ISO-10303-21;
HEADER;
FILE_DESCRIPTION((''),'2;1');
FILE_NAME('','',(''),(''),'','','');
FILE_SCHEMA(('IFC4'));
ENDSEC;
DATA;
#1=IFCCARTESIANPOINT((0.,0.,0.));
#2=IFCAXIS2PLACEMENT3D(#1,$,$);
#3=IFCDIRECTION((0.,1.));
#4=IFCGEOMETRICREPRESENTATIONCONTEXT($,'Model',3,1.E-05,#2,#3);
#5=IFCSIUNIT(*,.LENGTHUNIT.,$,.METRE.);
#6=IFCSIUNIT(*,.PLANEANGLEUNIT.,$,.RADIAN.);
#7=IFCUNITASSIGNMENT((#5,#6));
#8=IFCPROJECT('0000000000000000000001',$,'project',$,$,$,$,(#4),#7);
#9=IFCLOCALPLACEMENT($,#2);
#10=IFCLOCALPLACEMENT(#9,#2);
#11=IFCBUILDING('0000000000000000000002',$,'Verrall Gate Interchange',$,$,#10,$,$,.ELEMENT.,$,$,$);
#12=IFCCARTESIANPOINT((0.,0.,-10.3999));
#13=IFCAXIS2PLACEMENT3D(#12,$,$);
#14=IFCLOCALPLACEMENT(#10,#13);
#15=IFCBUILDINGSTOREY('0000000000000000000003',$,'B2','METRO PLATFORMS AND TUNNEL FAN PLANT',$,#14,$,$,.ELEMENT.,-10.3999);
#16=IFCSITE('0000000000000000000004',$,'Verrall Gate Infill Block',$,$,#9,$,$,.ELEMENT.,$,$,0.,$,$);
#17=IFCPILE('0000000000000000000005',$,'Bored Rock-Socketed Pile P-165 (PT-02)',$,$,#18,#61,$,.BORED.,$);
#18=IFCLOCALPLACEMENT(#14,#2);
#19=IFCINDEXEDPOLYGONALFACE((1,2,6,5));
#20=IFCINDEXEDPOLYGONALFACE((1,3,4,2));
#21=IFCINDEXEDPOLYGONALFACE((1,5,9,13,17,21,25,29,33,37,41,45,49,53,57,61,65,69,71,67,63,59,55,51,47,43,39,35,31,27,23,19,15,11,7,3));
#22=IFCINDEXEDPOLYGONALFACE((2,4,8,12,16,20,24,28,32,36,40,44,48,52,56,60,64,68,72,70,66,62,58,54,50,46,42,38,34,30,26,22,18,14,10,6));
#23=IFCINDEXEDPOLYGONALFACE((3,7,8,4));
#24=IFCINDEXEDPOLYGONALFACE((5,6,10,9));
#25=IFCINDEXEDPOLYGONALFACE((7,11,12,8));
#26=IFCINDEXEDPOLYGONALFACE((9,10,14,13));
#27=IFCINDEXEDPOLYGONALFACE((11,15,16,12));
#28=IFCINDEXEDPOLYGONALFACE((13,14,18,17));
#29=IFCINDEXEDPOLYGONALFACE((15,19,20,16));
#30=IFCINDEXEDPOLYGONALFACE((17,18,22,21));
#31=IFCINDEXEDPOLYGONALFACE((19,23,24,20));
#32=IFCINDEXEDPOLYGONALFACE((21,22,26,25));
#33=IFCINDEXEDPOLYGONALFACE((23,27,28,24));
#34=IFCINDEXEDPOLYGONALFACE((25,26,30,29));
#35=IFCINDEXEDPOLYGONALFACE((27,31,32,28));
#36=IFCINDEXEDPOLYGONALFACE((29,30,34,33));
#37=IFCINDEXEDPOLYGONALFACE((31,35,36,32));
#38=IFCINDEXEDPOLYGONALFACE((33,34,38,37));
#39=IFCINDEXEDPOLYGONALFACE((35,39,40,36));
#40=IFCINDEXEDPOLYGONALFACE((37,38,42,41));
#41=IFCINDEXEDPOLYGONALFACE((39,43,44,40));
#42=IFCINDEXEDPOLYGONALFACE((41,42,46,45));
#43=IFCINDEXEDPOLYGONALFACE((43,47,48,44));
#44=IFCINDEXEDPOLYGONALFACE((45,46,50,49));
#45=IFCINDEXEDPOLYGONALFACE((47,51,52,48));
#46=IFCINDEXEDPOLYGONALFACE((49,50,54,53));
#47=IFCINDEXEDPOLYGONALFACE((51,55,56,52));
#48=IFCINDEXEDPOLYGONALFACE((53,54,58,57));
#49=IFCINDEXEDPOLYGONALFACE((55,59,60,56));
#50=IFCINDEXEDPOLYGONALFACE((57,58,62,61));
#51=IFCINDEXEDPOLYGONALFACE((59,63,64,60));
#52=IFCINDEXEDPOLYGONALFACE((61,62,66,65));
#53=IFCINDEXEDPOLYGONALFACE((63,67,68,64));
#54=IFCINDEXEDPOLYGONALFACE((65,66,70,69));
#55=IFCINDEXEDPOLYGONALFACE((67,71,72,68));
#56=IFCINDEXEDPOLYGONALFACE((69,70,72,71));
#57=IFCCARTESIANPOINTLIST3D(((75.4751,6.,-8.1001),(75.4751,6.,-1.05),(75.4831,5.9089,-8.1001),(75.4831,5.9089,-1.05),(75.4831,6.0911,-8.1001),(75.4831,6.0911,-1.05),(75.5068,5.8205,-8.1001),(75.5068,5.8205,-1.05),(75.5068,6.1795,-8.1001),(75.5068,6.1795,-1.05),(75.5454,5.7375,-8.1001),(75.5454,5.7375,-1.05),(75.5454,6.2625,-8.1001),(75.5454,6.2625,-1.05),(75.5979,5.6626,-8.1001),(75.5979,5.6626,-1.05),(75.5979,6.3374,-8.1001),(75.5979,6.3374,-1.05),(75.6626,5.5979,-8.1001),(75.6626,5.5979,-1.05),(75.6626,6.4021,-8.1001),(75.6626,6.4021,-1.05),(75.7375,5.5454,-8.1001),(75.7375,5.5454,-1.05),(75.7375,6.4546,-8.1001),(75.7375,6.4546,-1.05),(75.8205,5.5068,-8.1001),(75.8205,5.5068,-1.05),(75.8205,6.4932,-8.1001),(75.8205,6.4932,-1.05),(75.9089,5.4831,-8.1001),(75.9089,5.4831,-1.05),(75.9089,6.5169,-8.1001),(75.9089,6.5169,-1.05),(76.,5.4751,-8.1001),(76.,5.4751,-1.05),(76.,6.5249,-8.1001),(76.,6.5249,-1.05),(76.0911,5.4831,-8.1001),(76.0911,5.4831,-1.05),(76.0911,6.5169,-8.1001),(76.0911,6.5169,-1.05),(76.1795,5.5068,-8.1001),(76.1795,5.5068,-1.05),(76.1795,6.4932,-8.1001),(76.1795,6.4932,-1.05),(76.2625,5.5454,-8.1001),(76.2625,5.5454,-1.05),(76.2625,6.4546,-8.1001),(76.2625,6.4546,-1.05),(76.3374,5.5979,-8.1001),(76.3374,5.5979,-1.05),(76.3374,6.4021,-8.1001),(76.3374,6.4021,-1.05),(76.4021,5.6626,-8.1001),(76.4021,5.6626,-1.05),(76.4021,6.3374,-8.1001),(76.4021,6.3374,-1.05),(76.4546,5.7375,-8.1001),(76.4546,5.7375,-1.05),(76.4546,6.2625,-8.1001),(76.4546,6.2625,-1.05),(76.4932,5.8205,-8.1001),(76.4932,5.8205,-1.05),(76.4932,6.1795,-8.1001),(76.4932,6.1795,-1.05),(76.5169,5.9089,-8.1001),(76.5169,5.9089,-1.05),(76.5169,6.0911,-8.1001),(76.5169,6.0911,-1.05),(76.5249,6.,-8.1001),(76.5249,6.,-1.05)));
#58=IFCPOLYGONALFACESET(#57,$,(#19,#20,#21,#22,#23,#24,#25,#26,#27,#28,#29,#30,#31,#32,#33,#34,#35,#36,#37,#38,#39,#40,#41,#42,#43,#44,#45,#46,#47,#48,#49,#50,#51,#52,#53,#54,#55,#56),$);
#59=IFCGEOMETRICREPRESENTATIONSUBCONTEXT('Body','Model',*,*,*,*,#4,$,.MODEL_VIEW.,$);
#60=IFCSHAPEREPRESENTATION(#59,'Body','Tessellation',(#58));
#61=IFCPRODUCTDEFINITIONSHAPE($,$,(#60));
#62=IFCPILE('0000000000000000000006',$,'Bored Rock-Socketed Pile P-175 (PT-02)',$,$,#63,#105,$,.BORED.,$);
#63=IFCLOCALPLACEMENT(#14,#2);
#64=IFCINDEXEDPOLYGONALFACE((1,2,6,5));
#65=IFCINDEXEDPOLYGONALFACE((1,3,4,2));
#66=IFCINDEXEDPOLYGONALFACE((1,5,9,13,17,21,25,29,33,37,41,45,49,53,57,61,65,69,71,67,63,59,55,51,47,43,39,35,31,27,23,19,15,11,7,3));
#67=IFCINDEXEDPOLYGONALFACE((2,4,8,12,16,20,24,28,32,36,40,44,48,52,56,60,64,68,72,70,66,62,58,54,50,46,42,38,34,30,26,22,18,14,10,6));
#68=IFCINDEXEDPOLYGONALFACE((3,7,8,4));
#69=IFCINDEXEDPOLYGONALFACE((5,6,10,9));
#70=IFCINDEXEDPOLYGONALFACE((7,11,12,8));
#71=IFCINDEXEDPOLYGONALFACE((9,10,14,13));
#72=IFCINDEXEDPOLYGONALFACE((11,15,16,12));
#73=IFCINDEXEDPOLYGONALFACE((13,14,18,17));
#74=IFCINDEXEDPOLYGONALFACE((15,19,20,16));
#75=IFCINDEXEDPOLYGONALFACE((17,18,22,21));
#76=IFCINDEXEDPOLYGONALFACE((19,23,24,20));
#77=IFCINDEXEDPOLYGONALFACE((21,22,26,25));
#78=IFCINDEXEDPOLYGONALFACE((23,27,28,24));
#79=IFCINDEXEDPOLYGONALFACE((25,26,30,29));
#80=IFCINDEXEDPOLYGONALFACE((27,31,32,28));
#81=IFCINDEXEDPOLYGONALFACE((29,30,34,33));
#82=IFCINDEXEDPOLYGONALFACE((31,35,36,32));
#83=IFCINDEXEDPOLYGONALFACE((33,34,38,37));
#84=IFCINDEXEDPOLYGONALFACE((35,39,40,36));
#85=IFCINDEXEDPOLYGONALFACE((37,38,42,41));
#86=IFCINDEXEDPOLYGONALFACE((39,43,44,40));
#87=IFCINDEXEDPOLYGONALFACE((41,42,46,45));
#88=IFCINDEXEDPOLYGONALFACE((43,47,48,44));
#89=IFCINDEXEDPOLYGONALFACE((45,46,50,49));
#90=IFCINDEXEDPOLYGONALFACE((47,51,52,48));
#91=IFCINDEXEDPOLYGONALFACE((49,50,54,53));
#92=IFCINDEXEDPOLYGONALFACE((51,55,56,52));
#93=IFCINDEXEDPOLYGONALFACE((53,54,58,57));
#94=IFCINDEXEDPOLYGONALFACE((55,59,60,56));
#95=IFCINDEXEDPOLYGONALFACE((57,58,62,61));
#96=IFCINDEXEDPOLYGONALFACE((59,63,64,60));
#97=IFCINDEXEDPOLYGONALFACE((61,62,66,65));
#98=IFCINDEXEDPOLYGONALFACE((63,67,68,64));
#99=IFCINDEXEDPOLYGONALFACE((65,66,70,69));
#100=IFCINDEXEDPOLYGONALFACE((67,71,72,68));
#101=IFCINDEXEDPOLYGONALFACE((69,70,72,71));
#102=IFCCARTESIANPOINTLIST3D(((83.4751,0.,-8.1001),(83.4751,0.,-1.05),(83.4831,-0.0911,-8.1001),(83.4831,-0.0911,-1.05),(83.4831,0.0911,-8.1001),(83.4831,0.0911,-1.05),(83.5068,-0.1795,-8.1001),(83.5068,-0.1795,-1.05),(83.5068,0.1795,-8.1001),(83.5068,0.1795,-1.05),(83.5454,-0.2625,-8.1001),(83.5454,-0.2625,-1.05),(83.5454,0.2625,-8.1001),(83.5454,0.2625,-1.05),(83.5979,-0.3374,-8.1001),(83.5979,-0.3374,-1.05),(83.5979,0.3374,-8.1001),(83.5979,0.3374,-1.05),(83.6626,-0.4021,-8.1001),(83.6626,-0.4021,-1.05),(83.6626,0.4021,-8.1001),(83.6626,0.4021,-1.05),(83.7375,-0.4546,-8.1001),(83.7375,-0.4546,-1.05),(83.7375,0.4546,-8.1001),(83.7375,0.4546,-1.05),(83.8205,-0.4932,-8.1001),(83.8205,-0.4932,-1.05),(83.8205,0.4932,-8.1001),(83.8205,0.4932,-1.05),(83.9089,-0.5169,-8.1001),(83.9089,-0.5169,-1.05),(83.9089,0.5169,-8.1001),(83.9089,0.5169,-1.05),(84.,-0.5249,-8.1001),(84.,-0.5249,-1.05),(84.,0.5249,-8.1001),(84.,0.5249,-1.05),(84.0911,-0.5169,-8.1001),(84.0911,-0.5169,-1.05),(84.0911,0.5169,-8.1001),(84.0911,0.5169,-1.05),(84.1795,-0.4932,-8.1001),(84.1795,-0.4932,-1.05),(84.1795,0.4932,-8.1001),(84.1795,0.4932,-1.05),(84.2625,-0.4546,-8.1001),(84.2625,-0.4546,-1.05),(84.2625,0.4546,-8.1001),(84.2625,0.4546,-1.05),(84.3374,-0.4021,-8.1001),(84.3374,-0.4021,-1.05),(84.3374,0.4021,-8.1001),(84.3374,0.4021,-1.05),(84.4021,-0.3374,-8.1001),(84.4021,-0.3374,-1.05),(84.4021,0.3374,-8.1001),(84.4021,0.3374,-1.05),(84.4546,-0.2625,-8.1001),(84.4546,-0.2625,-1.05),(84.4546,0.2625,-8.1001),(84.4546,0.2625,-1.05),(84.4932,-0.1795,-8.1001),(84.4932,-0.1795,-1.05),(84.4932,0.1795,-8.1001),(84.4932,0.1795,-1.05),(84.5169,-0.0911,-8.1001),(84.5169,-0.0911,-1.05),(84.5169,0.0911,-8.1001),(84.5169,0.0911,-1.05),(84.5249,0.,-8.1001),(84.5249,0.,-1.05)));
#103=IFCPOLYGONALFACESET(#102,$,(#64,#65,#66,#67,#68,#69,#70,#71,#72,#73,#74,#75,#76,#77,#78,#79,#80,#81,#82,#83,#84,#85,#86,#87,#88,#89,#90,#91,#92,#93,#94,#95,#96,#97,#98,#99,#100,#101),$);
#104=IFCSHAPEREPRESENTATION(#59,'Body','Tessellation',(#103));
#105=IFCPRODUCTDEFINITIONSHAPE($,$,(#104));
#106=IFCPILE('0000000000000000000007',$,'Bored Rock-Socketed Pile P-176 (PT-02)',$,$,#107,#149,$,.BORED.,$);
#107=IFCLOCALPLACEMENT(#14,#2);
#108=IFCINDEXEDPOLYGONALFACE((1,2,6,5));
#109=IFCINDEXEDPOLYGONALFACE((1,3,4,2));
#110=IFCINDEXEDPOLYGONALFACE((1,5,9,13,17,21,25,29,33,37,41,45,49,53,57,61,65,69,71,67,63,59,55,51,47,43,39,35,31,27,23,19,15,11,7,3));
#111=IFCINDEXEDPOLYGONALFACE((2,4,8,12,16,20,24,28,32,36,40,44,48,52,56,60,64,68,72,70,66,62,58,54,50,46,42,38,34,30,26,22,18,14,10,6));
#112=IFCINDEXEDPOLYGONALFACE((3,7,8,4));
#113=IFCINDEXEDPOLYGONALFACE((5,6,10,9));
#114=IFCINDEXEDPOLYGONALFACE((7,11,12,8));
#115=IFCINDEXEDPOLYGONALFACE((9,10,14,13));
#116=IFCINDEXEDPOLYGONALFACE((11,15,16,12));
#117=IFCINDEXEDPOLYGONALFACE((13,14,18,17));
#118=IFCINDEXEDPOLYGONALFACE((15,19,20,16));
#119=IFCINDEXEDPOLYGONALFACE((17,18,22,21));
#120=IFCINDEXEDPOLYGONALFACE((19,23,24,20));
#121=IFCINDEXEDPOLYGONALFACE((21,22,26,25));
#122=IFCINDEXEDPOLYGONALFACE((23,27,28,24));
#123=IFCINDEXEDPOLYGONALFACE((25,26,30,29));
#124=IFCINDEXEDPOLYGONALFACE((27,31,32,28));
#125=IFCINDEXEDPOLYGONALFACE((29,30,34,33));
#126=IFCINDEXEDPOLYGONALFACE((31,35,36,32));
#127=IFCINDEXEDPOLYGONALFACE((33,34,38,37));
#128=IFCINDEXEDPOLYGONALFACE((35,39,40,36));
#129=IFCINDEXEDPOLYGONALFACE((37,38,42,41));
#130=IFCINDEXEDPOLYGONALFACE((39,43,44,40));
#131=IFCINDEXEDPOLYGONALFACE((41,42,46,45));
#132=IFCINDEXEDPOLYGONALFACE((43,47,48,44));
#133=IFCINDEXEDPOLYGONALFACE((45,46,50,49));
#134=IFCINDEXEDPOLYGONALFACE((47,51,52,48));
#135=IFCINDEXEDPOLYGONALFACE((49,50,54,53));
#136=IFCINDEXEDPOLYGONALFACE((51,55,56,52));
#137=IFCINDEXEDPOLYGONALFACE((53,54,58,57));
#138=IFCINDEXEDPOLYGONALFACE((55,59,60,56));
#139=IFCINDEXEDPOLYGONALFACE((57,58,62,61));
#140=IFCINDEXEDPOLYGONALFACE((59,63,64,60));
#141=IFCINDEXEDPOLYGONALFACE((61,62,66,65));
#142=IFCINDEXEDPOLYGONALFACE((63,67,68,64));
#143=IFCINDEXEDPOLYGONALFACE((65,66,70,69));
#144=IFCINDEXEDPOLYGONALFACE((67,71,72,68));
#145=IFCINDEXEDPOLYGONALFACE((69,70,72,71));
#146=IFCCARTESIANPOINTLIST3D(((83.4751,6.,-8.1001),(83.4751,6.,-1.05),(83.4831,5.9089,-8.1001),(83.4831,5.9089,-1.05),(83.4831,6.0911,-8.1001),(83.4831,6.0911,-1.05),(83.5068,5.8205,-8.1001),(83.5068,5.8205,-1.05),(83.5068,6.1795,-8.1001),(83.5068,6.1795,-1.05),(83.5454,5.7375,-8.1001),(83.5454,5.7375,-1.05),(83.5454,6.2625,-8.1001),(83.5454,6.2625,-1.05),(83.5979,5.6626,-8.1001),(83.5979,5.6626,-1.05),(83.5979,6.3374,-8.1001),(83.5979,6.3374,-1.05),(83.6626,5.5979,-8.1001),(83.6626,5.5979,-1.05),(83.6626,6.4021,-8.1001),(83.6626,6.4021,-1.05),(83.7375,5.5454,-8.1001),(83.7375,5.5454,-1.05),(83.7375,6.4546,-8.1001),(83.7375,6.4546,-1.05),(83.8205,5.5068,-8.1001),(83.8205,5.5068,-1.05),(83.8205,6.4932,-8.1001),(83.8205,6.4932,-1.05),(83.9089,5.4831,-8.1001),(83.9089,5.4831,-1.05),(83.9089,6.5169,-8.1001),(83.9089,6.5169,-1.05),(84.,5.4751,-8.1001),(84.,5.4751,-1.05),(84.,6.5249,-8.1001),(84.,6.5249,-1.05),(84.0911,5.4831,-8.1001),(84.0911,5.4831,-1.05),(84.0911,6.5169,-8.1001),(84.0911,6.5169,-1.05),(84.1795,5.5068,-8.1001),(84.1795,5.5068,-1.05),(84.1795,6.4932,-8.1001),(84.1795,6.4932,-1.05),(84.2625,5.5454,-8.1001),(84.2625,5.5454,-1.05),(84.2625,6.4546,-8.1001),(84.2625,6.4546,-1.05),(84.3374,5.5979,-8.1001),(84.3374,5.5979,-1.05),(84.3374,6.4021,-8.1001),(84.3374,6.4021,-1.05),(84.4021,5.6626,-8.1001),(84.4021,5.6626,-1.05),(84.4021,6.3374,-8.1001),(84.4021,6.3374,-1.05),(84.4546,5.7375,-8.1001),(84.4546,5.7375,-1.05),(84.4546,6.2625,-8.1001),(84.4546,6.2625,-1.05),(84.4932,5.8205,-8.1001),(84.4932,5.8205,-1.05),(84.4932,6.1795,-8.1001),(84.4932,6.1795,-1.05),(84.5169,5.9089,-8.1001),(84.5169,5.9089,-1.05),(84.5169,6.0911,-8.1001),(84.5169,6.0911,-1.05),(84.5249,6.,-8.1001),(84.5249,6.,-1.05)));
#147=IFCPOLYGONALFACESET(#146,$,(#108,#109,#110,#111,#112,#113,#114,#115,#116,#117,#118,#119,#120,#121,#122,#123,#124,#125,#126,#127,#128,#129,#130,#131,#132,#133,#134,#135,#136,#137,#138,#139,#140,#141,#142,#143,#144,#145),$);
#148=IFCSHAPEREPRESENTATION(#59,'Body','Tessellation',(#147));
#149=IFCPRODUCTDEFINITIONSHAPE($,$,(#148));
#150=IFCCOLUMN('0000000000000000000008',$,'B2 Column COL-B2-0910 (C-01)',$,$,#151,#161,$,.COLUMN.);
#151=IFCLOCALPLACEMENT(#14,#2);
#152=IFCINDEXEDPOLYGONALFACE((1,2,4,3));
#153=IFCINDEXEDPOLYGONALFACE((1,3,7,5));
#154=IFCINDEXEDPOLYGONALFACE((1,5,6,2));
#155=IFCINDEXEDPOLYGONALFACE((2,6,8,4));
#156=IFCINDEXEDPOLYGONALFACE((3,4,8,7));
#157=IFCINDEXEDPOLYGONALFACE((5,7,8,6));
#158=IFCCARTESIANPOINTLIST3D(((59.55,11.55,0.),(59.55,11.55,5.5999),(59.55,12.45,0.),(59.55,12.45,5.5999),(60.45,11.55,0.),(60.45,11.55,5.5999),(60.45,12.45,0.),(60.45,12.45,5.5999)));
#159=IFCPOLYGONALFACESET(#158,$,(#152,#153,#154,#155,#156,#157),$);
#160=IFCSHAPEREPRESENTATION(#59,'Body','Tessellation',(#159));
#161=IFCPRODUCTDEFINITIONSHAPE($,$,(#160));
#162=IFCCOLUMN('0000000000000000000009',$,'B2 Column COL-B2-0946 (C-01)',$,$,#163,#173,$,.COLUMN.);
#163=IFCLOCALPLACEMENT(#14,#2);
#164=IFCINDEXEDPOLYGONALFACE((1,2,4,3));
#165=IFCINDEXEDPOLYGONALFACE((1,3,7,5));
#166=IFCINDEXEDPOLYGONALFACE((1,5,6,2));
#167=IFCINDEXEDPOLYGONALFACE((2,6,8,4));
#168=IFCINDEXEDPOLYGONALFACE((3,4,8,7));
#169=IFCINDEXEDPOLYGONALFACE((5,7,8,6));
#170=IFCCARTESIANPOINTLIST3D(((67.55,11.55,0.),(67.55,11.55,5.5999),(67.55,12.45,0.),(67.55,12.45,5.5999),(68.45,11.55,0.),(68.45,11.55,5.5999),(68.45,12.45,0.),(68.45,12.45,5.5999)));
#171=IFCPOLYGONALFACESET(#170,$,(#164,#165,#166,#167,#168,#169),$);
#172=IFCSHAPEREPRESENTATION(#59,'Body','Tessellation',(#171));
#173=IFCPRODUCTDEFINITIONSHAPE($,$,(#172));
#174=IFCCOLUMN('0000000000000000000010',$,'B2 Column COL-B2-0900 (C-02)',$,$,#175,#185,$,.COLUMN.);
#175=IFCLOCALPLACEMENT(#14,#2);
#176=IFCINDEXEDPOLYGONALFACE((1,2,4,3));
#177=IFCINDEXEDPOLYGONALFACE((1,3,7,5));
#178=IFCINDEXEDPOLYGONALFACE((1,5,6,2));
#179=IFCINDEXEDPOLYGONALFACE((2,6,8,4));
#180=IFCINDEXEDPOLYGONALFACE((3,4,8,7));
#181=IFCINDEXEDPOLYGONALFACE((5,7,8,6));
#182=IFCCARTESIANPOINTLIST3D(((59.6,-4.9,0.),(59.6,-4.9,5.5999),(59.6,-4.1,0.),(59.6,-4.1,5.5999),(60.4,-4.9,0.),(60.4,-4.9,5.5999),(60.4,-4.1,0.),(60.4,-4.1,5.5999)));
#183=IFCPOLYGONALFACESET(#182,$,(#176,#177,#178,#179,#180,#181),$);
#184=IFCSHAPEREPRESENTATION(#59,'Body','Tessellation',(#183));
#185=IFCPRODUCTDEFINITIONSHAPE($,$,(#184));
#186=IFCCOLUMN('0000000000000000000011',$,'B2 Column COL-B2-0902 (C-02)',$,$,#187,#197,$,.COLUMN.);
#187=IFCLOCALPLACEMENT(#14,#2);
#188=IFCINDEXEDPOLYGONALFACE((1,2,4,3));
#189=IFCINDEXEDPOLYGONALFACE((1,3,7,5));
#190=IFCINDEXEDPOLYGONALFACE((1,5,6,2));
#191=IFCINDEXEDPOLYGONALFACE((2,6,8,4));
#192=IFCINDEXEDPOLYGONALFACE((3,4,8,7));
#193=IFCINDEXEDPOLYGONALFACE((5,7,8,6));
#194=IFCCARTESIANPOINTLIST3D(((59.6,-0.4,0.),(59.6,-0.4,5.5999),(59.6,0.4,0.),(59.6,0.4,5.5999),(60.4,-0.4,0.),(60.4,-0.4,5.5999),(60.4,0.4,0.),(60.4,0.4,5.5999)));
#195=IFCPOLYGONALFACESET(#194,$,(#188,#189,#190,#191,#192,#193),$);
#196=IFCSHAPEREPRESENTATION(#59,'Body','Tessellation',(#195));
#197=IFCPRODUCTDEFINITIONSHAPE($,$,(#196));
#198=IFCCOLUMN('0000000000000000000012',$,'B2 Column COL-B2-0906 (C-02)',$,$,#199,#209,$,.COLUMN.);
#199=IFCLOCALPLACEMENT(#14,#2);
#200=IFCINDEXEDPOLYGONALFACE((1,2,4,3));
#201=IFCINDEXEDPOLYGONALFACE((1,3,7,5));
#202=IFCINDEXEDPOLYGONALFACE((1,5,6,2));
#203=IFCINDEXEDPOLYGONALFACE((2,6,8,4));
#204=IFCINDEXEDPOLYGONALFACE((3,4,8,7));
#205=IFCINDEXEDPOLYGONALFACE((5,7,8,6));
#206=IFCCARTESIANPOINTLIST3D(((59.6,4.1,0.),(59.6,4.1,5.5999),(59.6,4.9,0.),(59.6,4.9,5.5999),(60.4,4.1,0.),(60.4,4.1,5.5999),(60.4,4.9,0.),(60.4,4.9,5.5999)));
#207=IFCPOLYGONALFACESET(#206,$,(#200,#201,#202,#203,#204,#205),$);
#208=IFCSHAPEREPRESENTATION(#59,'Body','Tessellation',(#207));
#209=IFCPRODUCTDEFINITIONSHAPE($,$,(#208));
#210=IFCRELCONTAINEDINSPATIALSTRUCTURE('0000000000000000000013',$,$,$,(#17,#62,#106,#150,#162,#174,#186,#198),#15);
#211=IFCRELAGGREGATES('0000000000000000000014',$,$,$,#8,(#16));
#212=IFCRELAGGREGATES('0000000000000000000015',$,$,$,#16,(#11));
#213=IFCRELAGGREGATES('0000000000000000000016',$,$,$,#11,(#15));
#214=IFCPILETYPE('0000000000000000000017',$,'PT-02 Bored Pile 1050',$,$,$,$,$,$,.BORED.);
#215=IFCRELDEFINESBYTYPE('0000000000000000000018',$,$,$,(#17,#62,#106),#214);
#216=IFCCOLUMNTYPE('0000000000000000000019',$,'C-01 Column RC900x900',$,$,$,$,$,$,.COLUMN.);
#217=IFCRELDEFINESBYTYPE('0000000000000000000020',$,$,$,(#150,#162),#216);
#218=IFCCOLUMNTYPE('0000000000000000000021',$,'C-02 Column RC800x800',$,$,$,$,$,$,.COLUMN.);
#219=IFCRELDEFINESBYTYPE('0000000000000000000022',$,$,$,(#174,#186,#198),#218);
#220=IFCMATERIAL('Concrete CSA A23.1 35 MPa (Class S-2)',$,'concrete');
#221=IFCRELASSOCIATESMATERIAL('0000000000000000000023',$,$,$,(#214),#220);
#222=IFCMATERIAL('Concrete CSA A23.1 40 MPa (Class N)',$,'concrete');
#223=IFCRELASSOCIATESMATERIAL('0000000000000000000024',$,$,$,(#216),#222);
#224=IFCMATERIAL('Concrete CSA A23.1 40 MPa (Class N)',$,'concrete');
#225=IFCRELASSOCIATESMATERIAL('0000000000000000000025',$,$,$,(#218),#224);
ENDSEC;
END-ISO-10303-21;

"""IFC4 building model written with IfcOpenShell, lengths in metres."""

from ifc_helpers import new_model, si_unit, direction, frame, origin, origin_2d, place, context, subcontext, project, spatial, rectangle, circle, extrude, material, material_profile, profile_set, type_object, element, save


model = new_model("IFC4")

# Units and contexts
model_context = context("Model", 3, precision=1e-05, world=origin(), true_north=direction((0.0, 1.0)))
body_context = subcontext(model_context, "Body", "Model", "MODEL_VIEW")
ifc_project = project(units=[si_unit("LENGTHUNIT", "METRE"), si_unit("PLANEANGLEUNIT", "RADIAN")], contexts=[model_context])

# Site, building, storey
site_placement = place(None, origin())
site = spatial("IfcSite", under=ifc_project, at=site_placement, Name="Verrall Gate Infill Block", CompositionType="ELEMENT", RefElevation=0.0)
building_placement = place(site_placement, origin())
building = spatial("IfcBuilding", under=site, at=building_placement, Name="Verrall Gate Interchange", CompositionType="ELEMENT")
storey_placement = place(building_placement, frame((0.0, 0.0, -10.3999)))
storey = spatial("IfcBuildingStorey", under=building, at=storey_placement, Name="B2", Description="METRO PLATFORMS AND TUNNEL FAN PLANT", CompositionType="ELEMENT", Elevation=-10.3999)

# Piles
ifc_material_1 = material(Name="Concrete CSA A23.1 35 MPa (Class S-2)", Category="concrete")
ifc_material_profile_1 = material_profile(ifc_material_1, circle(Radius=0.5249, at=origin_2d()), Name="PILE1050D")
ifc_profile_set_1 = profile_set([ifc_material_profile_1], Name="Concrete CSA A23.1 35 MPa (Class S-2)")
pile_type_1 = type_object("IfcPileType", Name="PT-02 Bored Pile 1050", PredefinedType="BORED", material=ifc_profile_set_1)
for number, where, z_axis, x_axis, name in (
    (1, (76.0, 6.0, -1.05), (0.0, 0.0, -1.0), (1.0, 0.0, 0.0), "Bored Rock-Socketed Pile P-165 (PT-02)"),
    (2, (84.0, 0.0, -1.05), (0.0, 0.0, -1.0), (1.0, 0.0, 0.0), "Bored Rock-Socketed Pile P-175 (PT-02)"),
    (3, (84.0, 6.0, -1.05), (0.0, 0.0, -1.0), (1.0, 0.0, 0.0), "Bored Rock-Socketed Pile P-176 (PT-02)"),
):
    element("IfcPile", number, at=place(storey_placement, frame(where, z_axis=z_axis, x_axis=x_axis)), inside=storey, type_object=pile_type_1, Name=name, PredefinedType="BORED", context=body_context, shape_type="SweptSolid", body=[
        extrude(circle(Radius=0.5249, at=origin_2d()), origin(), (0.0, 0.0, 1.0), 7.05),
    ])

# Columns
ifc_material_2 = material(Name="Concrete CSA A23.1 40 MPa (Class N)", Category="concrete")
ifc_material_profile_2 = material_profile(ifc_material_2, rectangle(XDim=0.8999, YDim=0.8999, at=origin_2d()), Name="RC900x900")
ifc_profile_set_2 = profile_set([ifc_material_profile_2], Name="Concrete CSA A23.1 40 MPa (Class N)")
column_type_1 = type_object("IfcColumnType", Name="C-01 Column RC900x900", PredefinedType="COLUMN", material=ifc_profile_set_2)
for number, where, z_axis, x_axis, name in (
    (4, (60.0, 12.0, 0.0), (0.0, 0.0, 1.0), (1.0, 0.0, 0.0), "B2 Column COL-B2-0910 (C-01)"),
    (5, (68.0, 12.0, 0.0), (0.0, 0.0, 1.0), (1.0, 0.0, 0.0), "B2 Column COL-B2-0946 (C-01)"),
):
    element("IfcColumn", number, at=place(storey_placement, frame(where, z_axis=z_axis, x_axis=x_axis)), inside=storey, type_object=column_type_1, Name=name, PredefinedType="COLUMN", context=body_context, shape_type="SweptSolid", body=[
        extrude(rectangle(XDim=0.8999, YDim=0.8999, at=origin_2d()), origin(), (0.0, 0.0, 1.0), 5.5999),
    ])
ifc_material_3 = material(Name="Concrete CSA A23.1 40 MPa (Class N)", Category="concrete")
ifc_material_profile_3 = material_profile(ifc_material_3, rectangle(XDim=0.8, YDim=0.8, at=origin_2d()), Name="RC800x800")
ifc_profile_set_3 = profile_set([ifc_material_profile_3], Name="Concrete CSA A23.1 40 MPa (Class N)")
column_type_2 = type_object("IfcColumnType", Name="C-02 Column RC800x800", PredefinedType="COLUMN", material=ifc_profile_set_3)
for number, where, z_axis, x_axis, name in (
    (6, (60.0, -4.5, 0.0), (0.0, 0.0, 1.0), (1.0, 0.0, 0.0), "B2 Column COL-B2-0900 (C-02)"),
    (7, (60.0, 0.0, 0.0), (0.0, 0.0, 1.0), (1.0, 0.0, 0.0), "B2 Column COL-B2-0902 (C-02)"),
    (8, (60.0, 4.5, 0.0), (0.0, 0.0, 1.0), (1.0, 0.0, 0.0), "B2 Column COL-B2-0906 (C-02)"),
):
    element("IfcColumn", number, at=place(storey_placement, frame(where, z_axis=z_axis, x_axis=x_axis)), inside=storey, type_object=column_type_2, Name=name, PredefinedType="COLUMN", context=body_context, shape_type="SweptSolid", body=[
        extrude(rectangle(XDim=0.8, YDim=0.8, at=origin_2d()), origin(), (0.0, 0.0, 1.0), 5.5999),
    ])

save(model, "model.ifc")
